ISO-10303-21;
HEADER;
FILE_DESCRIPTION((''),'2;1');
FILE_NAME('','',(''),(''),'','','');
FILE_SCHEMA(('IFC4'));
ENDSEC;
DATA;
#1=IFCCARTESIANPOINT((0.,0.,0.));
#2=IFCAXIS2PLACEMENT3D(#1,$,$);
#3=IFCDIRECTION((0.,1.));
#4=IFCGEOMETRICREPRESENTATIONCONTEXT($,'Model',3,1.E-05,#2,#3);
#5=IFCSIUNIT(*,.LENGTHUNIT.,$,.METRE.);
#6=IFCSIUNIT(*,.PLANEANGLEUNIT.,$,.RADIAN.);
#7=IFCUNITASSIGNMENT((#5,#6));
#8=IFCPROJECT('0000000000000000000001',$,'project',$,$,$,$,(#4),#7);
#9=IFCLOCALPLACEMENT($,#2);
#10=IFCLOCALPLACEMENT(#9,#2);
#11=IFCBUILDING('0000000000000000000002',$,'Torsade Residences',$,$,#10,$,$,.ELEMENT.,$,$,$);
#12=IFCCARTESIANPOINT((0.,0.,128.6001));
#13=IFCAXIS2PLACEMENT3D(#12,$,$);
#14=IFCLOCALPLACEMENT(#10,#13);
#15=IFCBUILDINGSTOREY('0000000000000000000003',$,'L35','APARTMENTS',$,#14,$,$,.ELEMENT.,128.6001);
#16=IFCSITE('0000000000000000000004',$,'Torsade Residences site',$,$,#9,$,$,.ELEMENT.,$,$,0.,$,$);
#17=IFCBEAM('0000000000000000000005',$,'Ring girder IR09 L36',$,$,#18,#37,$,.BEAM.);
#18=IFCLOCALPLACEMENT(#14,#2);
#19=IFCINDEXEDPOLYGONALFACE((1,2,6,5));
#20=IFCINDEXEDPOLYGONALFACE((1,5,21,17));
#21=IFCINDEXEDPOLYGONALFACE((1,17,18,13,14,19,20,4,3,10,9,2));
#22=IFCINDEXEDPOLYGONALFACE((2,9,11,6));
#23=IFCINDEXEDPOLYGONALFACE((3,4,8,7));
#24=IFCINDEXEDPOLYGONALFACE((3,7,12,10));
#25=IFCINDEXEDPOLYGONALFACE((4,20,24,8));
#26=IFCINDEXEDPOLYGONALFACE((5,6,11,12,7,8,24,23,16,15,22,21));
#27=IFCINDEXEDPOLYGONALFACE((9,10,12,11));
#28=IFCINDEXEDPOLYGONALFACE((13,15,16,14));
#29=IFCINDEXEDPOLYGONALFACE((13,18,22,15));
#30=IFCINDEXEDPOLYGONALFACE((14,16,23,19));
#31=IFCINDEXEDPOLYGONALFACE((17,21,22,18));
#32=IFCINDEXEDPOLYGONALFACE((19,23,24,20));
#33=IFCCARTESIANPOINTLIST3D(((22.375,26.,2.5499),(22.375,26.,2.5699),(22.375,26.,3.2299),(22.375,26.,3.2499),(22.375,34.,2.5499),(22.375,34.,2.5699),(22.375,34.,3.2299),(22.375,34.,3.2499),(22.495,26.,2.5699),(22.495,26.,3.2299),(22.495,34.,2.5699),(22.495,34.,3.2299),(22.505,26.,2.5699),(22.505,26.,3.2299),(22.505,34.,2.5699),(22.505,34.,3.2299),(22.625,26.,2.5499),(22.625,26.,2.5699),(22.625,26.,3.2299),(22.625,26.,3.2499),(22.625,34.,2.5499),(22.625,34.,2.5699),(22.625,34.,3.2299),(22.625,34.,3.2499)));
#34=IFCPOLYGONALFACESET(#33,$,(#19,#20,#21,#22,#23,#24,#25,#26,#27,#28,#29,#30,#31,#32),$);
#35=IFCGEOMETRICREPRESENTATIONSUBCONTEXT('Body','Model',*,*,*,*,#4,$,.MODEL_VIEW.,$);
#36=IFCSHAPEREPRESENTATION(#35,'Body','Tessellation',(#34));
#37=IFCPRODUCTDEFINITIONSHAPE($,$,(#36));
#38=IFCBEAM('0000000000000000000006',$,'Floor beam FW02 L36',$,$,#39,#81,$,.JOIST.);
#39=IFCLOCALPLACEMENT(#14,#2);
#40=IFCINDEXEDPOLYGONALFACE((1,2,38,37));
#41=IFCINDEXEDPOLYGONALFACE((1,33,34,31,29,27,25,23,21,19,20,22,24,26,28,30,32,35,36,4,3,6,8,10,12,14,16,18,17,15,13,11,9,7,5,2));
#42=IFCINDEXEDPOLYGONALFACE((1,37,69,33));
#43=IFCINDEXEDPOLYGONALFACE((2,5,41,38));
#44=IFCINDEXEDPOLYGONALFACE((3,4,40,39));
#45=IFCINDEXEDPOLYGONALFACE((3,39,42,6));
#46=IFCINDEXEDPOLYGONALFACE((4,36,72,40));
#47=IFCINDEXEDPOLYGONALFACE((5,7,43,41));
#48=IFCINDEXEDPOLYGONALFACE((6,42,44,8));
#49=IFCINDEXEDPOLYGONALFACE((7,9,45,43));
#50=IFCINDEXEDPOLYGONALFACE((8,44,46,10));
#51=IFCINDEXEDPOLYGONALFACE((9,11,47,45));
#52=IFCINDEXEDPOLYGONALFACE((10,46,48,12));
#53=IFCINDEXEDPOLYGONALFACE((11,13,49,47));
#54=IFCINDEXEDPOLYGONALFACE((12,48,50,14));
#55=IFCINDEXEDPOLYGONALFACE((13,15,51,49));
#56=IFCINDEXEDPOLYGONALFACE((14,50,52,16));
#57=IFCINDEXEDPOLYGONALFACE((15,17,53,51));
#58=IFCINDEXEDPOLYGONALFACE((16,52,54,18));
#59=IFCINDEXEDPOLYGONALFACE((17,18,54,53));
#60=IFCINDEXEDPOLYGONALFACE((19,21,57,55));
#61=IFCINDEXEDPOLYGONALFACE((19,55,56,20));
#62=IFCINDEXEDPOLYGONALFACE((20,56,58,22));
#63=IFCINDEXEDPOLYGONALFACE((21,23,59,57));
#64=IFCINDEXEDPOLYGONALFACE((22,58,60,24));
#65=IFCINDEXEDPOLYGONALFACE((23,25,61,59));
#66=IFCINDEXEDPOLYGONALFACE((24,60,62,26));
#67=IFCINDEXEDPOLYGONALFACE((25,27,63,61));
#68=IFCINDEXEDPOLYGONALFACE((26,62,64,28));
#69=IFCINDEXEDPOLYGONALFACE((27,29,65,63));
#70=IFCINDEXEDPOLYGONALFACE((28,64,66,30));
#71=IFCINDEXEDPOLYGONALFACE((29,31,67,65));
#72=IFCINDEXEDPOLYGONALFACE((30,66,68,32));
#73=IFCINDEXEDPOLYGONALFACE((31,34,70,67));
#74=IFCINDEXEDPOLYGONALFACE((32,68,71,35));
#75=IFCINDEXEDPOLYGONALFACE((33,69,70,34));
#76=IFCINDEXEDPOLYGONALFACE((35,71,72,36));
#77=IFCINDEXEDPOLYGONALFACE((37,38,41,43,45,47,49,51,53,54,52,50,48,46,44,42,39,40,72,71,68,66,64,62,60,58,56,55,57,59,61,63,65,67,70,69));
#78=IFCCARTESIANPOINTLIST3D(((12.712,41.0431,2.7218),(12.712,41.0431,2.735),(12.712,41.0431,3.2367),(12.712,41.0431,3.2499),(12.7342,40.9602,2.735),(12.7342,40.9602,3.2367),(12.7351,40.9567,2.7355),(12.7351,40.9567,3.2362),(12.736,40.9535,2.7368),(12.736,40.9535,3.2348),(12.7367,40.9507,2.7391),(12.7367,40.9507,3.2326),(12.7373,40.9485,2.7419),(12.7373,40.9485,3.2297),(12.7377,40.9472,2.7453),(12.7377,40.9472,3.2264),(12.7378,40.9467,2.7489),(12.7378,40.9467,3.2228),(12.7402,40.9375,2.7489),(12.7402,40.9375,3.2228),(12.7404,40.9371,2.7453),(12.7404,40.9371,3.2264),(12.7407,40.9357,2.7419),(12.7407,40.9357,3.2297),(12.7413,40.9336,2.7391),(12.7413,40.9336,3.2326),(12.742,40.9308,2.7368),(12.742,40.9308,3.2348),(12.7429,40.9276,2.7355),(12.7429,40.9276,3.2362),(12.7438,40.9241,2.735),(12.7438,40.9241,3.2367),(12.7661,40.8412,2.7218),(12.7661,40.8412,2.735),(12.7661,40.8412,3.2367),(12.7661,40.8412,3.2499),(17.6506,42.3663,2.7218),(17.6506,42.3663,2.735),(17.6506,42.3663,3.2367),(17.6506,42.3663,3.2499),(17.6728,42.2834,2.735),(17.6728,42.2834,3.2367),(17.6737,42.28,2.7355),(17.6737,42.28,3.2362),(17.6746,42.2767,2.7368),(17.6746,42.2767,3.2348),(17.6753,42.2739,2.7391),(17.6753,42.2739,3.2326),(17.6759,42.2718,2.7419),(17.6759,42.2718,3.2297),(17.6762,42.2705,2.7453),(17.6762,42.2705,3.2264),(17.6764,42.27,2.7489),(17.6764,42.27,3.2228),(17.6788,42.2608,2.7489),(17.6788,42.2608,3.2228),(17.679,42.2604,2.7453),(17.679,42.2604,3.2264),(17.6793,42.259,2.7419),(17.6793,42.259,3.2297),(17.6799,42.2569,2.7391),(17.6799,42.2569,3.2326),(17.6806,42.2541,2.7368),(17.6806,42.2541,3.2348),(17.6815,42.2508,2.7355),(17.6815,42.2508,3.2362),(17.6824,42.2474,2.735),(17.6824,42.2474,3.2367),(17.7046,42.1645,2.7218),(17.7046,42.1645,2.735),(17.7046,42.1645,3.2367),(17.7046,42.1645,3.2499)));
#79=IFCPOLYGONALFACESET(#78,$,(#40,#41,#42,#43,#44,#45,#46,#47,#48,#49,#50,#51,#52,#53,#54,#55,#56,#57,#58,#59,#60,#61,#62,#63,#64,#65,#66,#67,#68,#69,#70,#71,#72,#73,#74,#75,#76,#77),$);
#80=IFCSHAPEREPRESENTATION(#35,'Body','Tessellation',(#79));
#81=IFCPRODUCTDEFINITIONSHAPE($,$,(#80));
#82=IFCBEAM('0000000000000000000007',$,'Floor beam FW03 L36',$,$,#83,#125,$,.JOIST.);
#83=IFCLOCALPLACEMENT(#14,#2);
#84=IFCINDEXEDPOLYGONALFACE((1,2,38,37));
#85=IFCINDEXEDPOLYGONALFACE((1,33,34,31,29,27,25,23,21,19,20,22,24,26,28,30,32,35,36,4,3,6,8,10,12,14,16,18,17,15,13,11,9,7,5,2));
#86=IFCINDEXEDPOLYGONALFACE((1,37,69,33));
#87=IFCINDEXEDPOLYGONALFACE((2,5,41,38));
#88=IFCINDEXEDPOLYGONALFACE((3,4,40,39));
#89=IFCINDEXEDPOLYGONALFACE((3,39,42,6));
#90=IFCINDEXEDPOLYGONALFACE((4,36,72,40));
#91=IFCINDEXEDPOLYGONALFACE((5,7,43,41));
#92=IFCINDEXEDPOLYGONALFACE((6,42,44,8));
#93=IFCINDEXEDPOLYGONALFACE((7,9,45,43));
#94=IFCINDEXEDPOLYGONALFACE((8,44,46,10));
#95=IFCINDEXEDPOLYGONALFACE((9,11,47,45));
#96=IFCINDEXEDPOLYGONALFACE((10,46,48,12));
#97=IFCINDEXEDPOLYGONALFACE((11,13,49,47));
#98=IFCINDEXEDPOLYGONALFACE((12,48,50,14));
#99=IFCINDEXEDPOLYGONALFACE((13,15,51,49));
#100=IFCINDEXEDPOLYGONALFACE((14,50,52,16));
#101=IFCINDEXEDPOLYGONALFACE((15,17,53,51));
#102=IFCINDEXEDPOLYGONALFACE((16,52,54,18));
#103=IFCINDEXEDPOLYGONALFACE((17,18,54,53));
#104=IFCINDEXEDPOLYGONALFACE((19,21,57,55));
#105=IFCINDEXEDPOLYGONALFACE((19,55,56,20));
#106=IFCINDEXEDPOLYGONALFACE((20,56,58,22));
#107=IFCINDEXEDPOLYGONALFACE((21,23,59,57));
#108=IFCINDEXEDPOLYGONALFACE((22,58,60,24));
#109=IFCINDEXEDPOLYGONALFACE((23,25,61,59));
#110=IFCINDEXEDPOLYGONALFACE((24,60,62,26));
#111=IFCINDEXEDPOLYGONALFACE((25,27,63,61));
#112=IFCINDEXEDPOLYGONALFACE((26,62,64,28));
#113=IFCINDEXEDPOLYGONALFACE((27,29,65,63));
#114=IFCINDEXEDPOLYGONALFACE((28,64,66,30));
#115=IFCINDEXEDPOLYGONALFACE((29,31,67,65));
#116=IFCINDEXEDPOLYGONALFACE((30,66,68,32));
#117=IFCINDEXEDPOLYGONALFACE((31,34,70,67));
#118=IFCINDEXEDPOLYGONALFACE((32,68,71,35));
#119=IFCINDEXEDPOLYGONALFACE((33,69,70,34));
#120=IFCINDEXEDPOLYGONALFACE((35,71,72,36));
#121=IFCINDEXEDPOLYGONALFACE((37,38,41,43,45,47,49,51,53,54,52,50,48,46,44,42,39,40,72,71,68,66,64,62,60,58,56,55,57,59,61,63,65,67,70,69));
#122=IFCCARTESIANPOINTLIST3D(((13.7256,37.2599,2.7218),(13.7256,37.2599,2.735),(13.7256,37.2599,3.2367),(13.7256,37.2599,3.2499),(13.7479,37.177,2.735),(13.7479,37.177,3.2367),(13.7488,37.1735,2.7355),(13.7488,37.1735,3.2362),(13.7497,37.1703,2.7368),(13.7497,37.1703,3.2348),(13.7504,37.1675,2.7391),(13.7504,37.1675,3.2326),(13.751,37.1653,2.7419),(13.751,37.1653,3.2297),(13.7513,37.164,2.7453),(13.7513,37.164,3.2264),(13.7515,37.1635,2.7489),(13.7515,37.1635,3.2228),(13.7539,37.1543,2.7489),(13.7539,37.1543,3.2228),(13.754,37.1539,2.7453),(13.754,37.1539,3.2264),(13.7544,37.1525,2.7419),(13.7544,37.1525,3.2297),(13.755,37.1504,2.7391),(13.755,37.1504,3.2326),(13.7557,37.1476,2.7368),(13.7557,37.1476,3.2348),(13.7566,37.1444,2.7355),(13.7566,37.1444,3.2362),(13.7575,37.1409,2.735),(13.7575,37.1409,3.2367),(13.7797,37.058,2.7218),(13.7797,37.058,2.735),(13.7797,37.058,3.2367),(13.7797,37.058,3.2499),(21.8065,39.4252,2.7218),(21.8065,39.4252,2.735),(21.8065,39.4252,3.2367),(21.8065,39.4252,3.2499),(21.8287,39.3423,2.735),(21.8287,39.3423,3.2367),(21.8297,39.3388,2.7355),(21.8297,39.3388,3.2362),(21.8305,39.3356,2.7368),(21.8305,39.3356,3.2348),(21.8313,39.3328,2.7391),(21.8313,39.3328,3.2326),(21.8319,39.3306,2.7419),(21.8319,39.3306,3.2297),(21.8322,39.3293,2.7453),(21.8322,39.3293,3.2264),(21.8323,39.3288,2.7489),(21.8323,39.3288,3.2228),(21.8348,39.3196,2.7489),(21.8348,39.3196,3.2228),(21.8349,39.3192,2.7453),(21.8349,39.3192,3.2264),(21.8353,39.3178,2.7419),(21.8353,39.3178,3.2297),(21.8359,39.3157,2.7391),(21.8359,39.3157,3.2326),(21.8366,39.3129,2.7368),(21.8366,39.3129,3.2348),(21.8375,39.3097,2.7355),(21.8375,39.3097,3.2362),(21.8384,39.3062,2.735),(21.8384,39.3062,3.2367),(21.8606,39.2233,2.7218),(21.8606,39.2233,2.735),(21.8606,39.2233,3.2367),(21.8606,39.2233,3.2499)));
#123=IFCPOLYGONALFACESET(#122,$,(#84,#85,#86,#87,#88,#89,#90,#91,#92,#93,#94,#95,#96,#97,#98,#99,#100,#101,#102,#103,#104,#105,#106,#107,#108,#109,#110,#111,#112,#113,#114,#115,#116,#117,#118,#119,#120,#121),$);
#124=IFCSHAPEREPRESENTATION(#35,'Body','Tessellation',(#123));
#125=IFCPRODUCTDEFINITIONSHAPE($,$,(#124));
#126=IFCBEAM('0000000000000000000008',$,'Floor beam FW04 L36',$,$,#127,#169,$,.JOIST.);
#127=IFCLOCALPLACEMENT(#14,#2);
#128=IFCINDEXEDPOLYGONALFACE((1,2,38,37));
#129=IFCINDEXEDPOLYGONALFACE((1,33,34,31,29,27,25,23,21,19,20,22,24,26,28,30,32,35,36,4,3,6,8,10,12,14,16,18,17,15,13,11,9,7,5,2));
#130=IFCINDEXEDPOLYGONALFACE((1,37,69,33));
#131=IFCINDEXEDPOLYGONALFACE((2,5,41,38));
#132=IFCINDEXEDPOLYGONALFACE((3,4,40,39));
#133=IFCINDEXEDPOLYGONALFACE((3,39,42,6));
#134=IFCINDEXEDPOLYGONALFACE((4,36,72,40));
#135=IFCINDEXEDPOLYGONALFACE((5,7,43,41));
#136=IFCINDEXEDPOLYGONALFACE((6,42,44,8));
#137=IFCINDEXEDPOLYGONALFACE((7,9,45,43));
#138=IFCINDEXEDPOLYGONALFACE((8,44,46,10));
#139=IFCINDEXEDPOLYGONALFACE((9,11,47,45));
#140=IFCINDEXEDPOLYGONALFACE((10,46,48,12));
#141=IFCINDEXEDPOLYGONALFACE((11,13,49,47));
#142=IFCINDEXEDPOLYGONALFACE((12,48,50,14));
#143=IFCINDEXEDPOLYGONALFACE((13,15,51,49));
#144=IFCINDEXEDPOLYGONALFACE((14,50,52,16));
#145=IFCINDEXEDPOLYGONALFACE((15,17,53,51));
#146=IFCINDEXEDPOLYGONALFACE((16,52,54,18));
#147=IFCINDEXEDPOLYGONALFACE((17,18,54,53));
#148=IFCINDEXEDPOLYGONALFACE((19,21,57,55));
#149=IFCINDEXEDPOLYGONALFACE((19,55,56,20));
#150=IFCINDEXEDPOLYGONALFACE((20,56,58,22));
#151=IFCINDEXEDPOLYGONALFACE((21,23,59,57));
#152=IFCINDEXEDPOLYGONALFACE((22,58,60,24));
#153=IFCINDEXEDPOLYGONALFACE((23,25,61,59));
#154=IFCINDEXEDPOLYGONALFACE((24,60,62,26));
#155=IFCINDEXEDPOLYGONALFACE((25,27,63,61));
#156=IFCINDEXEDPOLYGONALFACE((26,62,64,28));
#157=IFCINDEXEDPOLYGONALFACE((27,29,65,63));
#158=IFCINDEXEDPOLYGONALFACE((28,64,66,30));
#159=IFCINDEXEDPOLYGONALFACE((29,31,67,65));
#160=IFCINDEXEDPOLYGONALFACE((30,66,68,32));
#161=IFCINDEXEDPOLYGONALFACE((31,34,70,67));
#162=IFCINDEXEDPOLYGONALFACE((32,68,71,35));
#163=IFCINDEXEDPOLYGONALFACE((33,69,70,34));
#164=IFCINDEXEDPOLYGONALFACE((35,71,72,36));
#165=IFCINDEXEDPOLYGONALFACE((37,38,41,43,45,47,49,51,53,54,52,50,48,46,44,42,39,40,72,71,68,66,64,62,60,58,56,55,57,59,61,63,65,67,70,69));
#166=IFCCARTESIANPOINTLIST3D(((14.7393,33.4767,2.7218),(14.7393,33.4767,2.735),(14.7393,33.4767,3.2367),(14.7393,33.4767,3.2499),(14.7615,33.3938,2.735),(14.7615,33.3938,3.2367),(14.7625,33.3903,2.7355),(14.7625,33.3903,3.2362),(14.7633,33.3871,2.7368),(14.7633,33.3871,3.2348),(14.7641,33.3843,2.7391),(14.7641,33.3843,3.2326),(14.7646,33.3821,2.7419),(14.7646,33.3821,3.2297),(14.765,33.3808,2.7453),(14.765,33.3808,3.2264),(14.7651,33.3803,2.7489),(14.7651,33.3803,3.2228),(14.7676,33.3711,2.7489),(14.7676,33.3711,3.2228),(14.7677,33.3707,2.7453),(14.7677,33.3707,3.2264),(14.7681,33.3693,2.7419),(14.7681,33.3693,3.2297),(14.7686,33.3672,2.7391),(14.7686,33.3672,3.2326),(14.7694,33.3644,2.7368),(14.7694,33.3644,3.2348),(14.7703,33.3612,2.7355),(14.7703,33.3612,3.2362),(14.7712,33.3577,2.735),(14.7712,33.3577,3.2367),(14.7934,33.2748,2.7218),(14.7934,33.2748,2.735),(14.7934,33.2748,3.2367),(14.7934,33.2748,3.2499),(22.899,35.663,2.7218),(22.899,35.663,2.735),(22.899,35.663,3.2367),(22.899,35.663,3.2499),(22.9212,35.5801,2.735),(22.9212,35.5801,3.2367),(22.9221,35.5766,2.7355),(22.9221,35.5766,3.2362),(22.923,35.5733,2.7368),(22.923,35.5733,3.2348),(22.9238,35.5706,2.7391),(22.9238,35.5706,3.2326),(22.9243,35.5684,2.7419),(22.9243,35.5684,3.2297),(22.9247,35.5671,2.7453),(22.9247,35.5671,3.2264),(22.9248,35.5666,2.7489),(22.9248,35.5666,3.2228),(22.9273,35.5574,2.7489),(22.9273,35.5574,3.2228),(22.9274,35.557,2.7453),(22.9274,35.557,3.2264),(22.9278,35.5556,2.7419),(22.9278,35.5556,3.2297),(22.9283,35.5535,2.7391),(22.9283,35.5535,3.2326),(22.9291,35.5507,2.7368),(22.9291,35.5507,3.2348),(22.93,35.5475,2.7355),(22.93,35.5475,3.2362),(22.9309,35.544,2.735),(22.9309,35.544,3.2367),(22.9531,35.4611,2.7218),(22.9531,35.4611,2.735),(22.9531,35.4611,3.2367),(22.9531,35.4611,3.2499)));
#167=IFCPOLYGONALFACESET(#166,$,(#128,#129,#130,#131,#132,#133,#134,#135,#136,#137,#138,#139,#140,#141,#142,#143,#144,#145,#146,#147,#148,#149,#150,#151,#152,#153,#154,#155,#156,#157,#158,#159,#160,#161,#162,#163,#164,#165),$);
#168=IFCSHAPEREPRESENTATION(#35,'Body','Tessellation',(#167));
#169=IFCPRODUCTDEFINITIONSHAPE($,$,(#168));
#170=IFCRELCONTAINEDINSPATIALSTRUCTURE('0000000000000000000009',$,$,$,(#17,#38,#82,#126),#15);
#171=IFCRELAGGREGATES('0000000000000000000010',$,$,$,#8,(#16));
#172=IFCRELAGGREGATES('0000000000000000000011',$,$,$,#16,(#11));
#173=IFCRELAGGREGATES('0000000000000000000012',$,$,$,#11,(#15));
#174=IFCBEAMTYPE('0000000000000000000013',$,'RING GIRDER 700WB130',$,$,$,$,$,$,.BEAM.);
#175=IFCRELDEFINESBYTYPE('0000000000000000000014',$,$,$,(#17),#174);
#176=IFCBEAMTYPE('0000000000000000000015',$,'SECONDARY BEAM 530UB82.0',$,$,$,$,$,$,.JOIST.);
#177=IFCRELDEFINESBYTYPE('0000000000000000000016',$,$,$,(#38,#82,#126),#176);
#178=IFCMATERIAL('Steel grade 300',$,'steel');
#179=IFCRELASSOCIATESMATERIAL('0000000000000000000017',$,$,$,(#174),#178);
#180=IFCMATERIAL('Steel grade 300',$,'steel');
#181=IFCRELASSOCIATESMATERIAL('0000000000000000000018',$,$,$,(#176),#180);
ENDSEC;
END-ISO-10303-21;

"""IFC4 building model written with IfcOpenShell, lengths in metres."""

from ifc_helpers import new_model, si_unit, direction, frame, origin, origin_2d, place, context, subcontext, project, spatial, i_section, extrude, material, material_profile, profile_set, type_object, element, save


model = new_model("IFC4")

# Units and contexts
model_context = context("Model", 3, precision=1e-05, world=origin(), true_north=direction((0.0, 1.0)))
body_context = subcontext(model_context, "Body", "Model", "MODEL_VIEW")
ifc_project = project(units=[si_unit("LENGTHUNIT", "METRE"), si_unit("PLANEANGLEUNIT", "RADIAN")], contexts=[model_context])

# Site, building, storey
site_placement = place(None, origin())
site = spatial("IfcSite", under=ifc_project, at=site_placement, Name="Torsade Residences site", CompositionType="ELEMENT", RefElevation=0.0)
building_placement = place(site_placement, origin())
building = spatial("IfcBuilding", under=site, at=building_placement, Name="Torsade Residences", CompositionType="ELEMENT")
storey_placement = place(building_placement, frame((0.0, 0.0, 128.6001)))
storey = spatial("IfcBuildingStorey", under=building, at=storey_placement, Name="L35", Description="APARTMENTS", CompositionType="ELEMENT", Elevation=128.6001)

# Beams
ifc_material_1 = material(Name="Steel grade 300", Category="steel")
ifc_material_profile_1 = material_profile(ifc_material_1, i_section(OverallWidth=0.25, OverallDepth=0.7, WebThickness=0.01, FlangeThickness=0.02, at=origin_2d()), Name="700WB130")
ifc_profile_set_1 = profile_set([ifc_material_profile_1], Name="Steel grade 300")
beam_type_1 = type_object("IfcBeamType", Name="RING GIRDER 700WB130", PredefinedType="BEAM", material=ifc_profile_set_1)
beam_1_placement = place(storey_placement, frame((22.5, 34.0, 2.8999), z_axis=(0.0, -1.0, 0.0), x_axis=(1.0, 0.0, 0.0)))
element("IfcBeam", 1, at=beam_1_placement, inside=storey, type_object=beam_type_1, Name="Ring girder IR09 L36", PredefinedType="BEAM", context=body_context, shape_type="SweptSolid", body=[
    extrude(i_section(OverallWidth=0.25, OverallDepth=0.7, WebThickness=0.01, FlangeThickness=0.02, at=origin_2d()), origin(), (0.0, 0.0, 1.0), 8.0),
])
ifc_material_2 = material(Name="Steel grade 300", Category="steel")
ifc_material_profile_2 = material_profile(ifc_material_2, i_section(OverallWidth=0.209, OverallDepth=0.5281, WebThickness=0.0095, FlangeThickness=0.0132, FilletRadius=0.0139, at=origin_2d()), Name="530UB82.0")
ifc_profile_set_2 = profile_set([ifc_material_profile_2], Name="Steel grade 300")
beam_type_2 = type_object("IfcBeamType", Name="SECONDARY BEAM 530UB82.0", PredefinedType="JOIST", material=ifc_profile_set_2)
beam_2_placement = place(storey_placement, frame((12.739, 40.9421, 2.9858), z_axis=(0.965927, 0.258816, 0.0), x_axis=(-0.258816, 0.965927, 0.0)))
element("IfcBeam", 2, at=beam_2_placement, inside=storey, type_object=beam_type_2, Name="Floor beam FW02 L36", PredefinedType="JOIST", context=body_context, shape_type="SweptSolid", body=[
    extrude(i_section(OverallWidth=0.209, OverallDepth=0.5281, WebThickness=0.0095, FlangeThickness=0.0132, FilletRadius=0.0139, at=origin_2d()), origin(), (0.0, 0.0, 1.0), 5.1128),
])
beam_3_placement = place(storey_placement, frame((13.7527, 37.1589, 2.9858), z_axis=(0.965925, 0.258823, 0.0), x_axis=(-0.258823, 0.965925, 0.0)))
element("IfcBeam", 3, at=beam_3_placement, inside=storey, type_object=beam_type_2, Name="Floor beam FW03 L36", PredefinedType="JOIST", context=body_context, shape_type="SweptSolid", body=[
    extrude(i_section(OverallWidth=0.209, OverallDepth=0.5281, WebThickness=0.0095, FlangeThickness=0.0132, FilletRadius=0.0139, at=origin_2d()), origin(), (0.0, 0.0, 1.0), 8.366),
])
beam_4_placement = place(storey_placement, frame((14.7664, 33.3757, 2.9858), z_axis=(0.965929, 0.258808, 0.0), x_axis=(-0.258808, 0.965929, 0.0)))
element("IfcBeam", 4, at=beam_4_placement, inside=storey, type_object=beam_type_2, Name="Floor beam FW04 L36", PredefinedType="JOIST", context=body_context, shape_type="SweptSolid", body=[
    extrude(i_section(OverallWidth=0.209, OverallDepth=0.5281, WebThickness=0.0095, FlangeThickness=0.0132, FilletRadius=0.0139, at=origin_2d()), origin(), (0.0, 0.0, 1.0), 8.4475),
])

save(model, "model.ifc")
